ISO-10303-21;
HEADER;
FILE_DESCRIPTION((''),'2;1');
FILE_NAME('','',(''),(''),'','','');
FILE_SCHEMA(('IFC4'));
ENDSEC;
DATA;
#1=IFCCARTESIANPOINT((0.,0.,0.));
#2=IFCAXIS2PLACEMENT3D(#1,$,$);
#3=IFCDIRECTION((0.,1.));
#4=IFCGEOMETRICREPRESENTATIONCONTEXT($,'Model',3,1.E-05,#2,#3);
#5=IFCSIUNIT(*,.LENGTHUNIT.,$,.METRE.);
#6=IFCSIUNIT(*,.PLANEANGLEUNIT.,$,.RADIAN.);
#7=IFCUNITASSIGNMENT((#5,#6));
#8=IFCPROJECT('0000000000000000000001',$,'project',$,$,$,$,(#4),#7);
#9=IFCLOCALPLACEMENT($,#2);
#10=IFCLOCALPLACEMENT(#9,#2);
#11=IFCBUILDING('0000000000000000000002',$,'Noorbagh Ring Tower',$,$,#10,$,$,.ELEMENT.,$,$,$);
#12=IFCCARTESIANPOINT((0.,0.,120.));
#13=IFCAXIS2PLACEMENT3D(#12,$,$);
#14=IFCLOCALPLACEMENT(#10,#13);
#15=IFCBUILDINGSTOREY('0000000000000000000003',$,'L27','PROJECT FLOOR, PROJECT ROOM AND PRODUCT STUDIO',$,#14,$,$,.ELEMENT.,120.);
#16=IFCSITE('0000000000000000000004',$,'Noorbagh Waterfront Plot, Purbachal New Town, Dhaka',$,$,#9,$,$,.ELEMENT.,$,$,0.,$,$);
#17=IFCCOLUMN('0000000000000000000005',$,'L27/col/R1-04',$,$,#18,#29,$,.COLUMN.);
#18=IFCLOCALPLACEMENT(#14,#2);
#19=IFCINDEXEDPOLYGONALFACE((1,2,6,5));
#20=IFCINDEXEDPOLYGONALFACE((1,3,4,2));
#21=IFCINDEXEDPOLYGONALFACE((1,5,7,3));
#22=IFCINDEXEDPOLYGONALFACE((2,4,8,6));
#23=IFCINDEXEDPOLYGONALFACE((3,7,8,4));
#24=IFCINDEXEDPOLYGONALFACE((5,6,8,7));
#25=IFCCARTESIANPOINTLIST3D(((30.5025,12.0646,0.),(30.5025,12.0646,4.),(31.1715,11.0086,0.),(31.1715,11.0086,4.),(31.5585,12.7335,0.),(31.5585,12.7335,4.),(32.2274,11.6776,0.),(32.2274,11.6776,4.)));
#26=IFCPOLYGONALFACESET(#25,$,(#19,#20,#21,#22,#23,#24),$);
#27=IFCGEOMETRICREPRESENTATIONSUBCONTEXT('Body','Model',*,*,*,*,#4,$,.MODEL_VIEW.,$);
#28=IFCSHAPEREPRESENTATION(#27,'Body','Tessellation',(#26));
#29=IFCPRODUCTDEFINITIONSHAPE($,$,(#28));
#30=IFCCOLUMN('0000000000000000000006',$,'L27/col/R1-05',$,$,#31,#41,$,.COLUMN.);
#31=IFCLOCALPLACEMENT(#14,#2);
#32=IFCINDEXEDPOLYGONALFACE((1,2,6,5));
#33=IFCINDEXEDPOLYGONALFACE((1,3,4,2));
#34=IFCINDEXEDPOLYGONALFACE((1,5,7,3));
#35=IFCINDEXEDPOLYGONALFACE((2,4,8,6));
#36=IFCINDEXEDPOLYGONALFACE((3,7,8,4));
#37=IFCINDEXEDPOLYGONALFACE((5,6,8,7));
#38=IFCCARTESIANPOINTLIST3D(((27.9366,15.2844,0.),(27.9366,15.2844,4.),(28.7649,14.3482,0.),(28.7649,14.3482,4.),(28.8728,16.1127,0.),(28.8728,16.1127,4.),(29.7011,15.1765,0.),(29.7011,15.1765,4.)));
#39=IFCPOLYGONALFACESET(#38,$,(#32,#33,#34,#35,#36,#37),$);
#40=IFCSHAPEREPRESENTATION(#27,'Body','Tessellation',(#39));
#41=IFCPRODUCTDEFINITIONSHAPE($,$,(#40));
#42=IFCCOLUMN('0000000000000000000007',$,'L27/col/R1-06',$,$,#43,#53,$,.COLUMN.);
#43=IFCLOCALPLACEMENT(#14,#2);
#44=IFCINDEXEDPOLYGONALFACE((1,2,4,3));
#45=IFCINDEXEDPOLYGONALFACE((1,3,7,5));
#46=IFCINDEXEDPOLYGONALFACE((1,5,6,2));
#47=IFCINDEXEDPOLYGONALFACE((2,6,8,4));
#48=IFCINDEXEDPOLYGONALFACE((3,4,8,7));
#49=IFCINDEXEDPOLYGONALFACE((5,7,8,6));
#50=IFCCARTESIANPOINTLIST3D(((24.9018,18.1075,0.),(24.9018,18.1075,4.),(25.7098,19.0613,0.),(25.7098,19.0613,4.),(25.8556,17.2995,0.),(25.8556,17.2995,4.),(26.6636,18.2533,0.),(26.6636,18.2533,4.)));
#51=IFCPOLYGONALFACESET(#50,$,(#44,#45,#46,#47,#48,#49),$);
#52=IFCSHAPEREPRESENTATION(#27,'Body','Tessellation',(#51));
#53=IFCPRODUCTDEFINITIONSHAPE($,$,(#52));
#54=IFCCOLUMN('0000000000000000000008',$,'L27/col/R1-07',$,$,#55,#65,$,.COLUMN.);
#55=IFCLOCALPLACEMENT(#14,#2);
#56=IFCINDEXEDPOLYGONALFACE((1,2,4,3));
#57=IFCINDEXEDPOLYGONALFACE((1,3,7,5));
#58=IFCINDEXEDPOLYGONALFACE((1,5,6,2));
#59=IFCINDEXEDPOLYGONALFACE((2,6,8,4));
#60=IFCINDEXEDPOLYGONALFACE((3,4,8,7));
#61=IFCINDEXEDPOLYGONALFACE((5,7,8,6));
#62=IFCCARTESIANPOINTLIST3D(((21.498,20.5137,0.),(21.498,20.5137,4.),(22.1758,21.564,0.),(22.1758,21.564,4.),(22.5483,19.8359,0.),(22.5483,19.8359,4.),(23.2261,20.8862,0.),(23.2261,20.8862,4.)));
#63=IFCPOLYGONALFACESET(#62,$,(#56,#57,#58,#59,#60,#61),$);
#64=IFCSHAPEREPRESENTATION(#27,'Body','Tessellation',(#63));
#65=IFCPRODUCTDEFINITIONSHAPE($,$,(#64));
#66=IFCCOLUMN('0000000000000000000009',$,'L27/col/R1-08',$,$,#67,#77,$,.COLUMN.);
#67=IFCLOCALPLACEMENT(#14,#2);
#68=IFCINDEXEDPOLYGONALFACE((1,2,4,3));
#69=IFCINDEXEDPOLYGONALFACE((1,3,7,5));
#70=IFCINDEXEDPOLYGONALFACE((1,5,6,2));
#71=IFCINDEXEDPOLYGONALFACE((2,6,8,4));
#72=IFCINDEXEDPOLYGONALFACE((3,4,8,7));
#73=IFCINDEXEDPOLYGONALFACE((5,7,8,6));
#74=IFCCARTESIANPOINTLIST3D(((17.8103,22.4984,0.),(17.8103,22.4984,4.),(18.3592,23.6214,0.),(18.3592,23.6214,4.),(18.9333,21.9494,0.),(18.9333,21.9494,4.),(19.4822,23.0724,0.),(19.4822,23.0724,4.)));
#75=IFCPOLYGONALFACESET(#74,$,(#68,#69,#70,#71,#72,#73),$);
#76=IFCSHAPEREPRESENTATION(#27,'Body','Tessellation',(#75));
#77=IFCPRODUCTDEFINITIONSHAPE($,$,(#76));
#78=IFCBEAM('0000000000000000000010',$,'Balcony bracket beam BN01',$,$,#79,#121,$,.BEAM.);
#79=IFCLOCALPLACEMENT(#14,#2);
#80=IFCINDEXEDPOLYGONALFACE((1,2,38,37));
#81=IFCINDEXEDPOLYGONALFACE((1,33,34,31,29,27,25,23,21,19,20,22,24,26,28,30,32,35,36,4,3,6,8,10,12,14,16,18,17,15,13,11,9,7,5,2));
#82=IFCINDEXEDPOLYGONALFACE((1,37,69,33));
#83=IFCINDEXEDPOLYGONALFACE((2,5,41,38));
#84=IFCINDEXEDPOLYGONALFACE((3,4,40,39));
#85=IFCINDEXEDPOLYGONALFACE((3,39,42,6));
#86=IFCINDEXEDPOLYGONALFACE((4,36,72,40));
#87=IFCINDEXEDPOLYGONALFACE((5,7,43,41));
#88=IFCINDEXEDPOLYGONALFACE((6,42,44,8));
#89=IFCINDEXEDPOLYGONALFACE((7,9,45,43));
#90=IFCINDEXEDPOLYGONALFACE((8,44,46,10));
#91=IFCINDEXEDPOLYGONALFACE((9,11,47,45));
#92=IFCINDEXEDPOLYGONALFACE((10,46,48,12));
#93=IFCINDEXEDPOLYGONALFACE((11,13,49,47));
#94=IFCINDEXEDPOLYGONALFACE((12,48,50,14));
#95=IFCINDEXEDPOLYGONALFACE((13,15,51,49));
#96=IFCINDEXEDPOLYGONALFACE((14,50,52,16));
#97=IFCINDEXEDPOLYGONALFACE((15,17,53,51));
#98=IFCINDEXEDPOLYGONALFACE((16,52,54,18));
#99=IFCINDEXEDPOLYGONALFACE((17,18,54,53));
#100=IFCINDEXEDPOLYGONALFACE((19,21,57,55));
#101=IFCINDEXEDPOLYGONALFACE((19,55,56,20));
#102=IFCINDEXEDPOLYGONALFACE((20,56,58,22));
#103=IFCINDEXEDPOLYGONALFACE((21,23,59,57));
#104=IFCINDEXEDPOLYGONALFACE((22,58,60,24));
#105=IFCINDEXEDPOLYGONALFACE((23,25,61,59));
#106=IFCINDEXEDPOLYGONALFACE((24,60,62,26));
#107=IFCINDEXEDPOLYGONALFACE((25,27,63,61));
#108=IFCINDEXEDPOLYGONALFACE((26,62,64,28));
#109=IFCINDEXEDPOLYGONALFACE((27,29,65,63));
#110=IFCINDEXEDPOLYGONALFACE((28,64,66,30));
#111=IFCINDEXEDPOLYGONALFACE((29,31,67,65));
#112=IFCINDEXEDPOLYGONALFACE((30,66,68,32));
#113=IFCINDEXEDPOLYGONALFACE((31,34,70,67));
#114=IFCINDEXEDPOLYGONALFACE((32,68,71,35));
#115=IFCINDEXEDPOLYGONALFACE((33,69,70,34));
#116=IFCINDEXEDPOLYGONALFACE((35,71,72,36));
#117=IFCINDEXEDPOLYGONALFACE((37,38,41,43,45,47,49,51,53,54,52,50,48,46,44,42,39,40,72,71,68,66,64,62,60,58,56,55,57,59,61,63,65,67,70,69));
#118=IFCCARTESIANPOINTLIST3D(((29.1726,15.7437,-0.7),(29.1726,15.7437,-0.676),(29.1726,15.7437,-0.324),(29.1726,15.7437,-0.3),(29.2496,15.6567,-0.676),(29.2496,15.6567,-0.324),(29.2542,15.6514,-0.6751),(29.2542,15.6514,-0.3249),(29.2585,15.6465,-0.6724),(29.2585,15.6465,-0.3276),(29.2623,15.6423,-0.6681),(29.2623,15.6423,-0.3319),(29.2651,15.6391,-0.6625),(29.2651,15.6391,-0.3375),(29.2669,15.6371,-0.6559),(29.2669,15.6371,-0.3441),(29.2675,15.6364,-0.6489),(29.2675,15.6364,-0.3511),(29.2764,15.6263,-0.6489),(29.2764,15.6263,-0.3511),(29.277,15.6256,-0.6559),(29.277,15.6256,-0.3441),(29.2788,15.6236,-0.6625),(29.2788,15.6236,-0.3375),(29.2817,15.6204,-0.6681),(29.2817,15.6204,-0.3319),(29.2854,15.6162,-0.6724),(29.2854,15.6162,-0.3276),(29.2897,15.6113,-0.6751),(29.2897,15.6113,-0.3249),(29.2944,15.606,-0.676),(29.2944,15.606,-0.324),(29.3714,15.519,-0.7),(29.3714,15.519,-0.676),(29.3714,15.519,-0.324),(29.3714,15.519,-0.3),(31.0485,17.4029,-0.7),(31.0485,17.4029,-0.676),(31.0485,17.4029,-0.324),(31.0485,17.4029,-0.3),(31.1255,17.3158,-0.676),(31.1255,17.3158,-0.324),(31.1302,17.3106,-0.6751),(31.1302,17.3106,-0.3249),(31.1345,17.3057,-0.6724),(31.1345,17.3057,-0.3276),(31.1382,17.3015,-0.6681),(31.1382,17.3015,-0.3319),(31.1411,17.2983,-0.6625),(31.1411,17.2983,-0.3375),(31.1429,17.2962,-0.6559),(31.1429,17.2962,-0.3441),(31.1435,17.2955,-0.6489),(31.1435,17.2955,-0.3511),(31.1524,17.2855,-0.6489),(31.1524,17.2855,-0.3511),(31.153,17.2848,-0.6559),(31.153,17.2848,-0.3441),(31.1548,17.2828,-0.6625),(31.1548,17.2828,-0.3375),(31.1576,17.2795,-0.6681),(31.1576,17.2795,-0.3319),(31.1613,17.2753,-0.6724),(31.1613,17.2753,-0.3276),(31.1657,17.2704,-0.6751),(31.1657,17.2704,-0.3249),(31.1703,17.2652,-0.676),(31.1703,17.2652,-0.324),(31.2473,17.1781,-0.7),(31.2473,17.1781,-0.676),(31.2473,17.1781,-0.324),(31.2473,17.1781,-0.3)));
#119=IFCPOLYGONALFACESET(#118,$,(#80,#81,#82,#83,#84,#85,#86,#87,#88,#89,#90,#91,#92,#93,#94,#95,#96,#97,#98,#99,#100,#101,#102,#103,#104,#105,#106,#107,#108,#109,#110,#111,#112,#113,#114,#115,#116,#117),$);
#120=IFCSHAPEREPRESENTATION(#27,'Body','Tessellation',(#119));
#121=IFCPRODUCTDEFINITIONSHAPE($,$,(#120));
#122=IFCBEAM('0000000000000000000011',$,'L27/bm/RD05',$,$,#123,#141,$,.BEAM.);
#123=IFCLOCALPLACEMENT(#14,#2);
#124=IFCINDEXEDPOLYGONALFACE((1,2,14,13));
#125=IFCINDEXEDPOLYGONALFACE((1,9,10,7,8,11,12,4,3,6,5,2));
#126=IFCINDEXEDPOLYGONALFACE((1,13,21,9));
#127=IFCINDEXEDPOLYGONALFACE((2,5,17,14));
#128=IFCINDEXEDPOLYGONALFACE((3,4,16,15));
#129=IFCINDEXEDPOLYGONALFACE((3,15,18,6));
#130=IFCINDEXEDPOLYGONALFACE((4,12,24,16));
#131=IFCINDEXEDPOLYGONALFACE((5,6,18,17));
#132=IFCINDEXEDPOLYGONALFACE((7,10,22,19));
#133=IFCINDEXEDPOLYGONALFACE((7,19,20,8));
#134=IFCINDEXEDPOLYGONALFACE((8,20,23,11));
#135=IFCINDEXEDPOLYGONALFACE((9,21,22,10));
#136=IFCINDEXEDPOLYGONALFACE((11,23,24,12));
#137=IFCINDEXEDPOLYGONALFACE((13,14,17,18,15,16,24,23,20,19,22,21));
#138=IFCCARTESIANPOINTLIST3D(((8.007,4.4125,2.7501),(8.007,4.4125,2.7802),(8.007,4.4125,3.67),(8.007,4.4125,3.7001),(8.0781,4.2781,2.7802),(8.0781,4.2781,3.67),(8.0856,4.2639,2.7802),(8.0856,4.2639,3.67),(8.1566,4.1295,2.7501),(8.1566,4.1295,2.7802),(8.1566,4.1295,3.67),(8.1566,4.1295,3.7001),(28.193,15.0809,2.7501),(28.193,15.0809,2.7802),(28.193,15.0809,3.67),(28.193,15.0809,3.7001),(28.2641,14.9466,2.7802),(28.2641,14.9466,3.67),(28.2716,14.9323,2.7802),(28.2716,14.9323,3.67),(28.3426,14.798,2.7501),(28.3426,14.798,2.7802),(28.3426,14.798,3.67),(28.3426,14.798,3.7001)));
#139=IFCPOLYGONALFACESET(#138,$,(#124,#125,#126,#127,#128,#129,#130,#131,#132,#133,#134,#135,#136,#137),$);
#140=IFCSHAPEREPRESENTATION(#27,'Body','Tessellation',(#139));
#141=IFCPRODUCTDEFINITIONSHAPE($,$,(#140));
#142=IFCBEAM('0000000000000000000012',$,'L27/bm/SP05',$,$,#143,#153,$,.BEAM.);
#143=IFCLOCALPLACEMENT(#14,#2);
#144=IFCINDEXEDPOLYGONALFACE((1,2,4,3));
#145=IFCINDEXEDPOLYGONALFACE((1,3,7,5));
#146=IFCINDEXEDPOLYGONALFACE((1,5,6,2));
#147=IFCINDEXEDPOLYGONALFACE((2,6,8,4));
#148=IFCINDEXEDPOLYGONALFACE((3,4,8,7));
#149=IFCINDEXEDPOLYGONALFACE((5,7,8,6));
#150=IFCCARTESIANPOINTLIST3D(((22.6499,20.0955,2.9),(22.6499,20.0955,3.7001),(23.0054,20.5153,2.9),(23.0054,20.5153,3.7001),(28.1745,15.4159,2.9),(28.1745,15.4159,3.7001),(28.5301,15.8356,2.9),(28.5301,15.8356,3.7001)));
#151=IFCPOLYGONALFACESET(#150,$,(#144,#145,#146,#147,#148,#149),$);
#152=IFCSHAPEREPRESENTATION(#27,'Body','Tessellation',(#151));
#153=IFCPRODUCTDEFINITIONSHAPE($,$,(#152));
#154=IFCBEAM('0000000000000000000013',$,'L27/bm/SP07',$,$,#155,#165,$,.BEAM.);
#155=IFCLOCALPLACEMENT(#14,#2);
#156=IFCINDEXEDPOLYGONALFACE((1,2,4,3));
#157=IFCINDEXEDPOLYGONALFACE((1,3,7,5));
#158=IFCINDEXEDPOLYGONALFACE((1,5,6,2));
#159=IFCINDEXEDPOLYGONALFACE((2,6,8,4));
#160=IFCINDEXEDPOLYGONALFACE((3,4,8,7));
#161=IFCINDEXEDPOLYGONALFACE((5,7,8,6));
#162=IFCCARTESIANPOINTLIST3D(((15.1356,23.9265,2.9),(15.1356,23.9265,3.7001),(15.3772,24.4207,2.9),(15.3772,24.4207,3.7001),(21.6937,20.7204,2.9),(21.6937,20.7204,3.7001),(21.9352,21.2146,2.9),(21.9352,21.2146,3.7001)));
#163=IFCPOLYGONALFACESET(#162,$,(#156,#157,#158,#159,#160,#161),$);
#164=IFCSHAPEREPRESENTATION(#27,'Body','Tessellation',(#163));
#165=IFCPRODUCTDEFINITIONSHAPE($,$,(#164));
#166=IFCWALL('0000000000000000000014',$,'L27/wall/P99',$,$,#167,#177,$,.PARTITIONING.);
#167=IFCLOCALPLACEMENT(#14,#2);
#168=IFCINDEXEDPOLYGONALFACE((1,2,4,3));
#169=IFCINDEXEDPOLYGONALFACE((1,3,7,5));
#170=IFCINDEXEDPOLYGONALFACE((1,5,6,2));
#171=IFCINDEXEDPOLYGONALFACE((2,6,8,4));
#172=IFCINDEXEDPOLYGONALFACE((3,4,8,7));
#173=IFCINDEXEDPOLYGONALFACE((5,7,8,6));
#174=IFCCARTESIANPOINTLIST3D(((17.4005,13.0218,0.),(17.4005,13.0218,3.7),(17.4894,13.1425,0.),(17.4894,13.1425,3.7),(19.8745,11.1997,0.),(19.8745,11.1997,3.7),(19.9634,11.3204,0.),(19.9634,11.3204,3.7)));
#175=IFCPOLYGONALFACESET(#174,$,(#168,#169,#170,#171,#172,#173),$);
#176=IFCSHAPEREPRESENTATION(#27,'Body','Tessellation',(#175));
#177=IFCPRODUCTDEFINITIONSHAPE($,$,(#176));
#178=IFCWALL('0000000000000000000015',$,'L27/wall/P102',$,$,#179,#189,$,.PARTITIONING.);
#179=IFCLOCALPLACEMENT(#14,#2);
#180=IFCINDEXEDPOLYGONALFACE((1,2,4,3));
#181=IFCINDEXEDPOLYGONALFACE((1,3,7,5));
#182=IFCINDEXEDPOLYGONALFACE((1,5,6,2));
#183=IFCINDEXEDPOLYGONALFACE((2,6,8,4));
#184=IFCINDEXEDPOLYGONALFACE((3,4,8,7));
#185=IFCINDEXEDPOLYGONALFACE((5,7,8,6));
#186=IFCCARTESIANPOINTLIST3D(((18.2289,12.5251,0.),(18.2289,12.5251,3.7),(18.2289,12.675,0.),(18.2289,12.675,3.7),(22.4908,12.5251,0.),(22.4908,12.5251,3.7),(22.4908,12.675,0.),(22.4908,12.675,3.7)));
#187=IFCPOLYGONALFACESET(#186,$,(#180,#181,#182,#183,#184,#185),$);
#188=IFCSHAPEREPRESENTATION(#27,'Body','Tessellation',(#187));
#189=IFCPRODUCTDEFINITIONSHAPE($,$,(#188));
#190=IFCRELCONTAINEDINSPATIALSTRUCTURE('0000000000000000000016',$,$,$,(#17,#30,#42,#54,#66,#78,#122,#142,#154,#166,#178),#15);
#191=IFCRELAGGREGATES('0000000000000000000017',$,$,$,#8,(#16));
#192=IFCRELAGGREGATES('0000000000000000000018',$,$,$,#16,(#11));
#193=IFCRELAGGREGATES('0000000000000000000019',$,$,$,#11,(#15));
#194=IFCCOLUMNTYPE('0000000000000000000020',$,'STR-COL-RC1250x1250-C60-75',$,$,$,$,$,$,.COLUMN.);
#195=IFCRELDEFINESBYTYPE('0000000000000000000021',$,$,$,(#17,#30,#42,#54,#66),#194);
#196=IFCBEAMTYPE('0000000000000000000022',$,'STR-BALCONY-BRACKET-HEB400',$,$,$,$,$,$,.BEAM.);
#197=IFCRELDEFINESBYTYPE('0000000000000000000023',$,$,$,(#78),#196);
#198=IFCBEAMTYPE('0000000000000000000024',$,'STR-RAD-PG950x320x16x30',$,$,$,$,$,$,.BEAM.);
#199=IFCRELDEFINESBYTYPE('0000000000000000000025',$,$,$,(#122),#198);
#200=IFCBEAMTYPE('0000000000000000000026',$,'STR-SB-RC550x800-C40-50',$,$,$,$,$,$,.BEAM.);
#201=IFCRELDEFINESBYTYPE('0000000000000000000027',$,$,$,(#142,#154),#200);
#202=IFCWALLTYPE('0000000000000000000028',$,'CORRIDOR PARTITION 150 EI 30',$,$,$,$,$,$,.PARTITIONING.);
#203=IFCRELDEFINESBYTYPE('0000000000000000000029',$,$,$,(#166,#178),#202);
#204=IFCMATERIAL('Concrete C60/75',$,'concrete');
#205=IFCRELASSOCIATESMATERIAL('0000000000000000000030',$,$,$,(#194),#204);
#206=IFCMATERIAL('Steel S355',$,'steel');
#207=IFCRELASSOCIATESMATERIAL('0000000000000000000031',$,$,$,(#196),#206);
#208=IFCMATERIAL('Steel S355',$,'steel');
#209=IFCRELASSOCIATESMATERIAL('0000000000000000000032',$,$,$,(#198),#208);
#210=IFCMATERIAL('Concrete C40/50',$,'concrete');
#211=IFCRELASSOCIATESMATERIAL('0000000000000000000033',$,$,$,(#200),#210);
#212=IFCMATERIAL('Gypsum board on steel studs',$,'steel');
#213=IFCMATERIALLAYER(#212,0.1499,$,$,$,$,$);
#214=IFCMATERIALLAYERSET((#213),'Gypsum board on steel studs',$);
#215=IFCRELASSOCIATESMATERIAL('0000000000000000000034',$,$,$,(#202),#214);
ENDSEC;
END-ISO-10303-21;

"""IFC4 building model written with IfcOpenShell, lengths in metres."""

from ifc_helpers import new_model, si_unit, direction, frame, frame_2d, origin, origin_2d, place, context, subcontext, project, spatial, rectangle, i_section, extrude, material, layer, layer_set, material_profile, profile_set, type_object, element, save


model = new_model("IFC4")

# Units and contexts
model_context = context("Model", 3, precision=1e-05, world=origin(), true_north=direction((0.0, 1.0)))
body_context = subcontext(model_context, "Body", "Model", "MODEL_VIEW")
ifc_project = project(units=[si_unit("LENGTHUNIT", "METRE"), si_unit("PLANEANGLEUNIT", "RADIAN")], contexts=[model_context])

# Site, building, storey
site_placement = place(None, origin())
site = spatial("IfcSite", under=ifc_project, at=site_placement, Name="Noorbagh Waterfront Plot, Purbachal New Town, Dhaka", CompositionType="ELEMENT", RefElevation=0.0)
building_placement = place(site_placement, origin())
building = spatial("IfcBuilding", under=site, at=building_placement, Name="Noorbagh Ring Tower", CompositionType="ELEMENT")
storey_placement = place(building_placement, frame((0.0, 0.0, 120.0)))
storey = spatial("IfcBuildingStorey", under=building, at=storey_placement, Name="L27", Description="PROJECT FLOOR, PROJECT ROOM AND PRODUCT STUDIO", CompositionType="ELEMENT", Elevation=120.0)

# Columns
ifc_material_1 = material(Name="Concrete C60/75", Category="concrete")
ifc_material_profile_1 = material_profile(ifc_material_1, rectangle(XDim=1.25, YDim=1.25, at=origin_2d()), Name="RC1250x1250")
ifc_profile_set_1 = profile_set([ifc_material_profile_1], Name="Concrete C60/75")
column_type = type_object("IfcColumnType", Name="STR-COL-RC1250x1250-C60-75", PredefinedType="COLUMN", material=ifc_profile_set_1)
for number, where, z_axis, x_axis, name in (
    (1, (31.365, 11.8711, 0.0), (0.0, 0.0, 1.0), (-0.53519, 0.844731, 0.0), "L27/col/R1-04"),
    (2, (28.8188, 15.2305, 0.0), (0.0, 0.0, 1.0), (-0.662636, 0.748942, 0.0), "L27/col/R1-05"),
    (3, (25.7827, 18.1804, 0.0), (0.0, 0.0, 1.0), (-0.763035, 0.646357, 0.0), "L27/col/R1-06"),
    (4, (22.3621, 20.7, 0.0), (0.0, 0.0, 1.0), (-0.840248, 0.542203, 0.0), "L27/col/R1-07"),
    (5, (18.6462, 22.7854, 0.0), (0.0, 0.0, 1.0), (-0.898399, 0.43918, 0.0), "L27/col/R1-08"),
):
    element("IfcColumn", number, at=place(storey_placement, frame(where, z_axis=z_axis, x_axis=x_axis)), inside=storey, type_object=column_type, Name=name, PredefinedType="COLUMN", context=body_context, shape_type="SweptSolid", body=[
        extrude(rectangle(XDim=1.25, YDim=1.25, at=origin_2d()), origin(), (0.0, 0.0, 1.0), 4.0),
    ])

# Beams
ifc_material_2 = material(Name="Steel S355", Category="steel")
ifc_material_profile_2 = material_profile(ifc_material_2, i_section(OverallWidth=0.3, OverallDepth=0.3999, WebThickness=0.0134, FlangeThickness=0.0239, FilletRadius=0.0271, at=origin_2d()), Name="HEB400")
ifc_profile_set_2 = profile_set([ifc_material_profile_2], Name="Steel S355")
beam_type_1 = type_object("IfcBeamType", Name="STR-BALCONY-BRACKET-HEB400", PredefinedType="BEAM", material=ifc_profile_set_2)
beam_1_placement = place(storey_placement, frame((29.272, 15.6313, -0.5), z_axis=(0.749064, 0.662498, 0.0), x_axis=(-0.662498, 0.749064, 0.0)))
element("IfcBeam", 6, at=beam_1_placement, inside=storey, type_object=beam_type_1, Name="Balcony bracket beam BN01", PredefinedType="BEAM", context=body_context, shape_type="SweptSolid", body=[
    extrude(i_section(OverallWidth=0.3, OverallDepth=0.3999, WebThickness=0.0134, FlangeThickness=0.0239, FilletRadius=0.0271, at=origin_2d()), origin(), (0.0, 0.0, 1.0), 2.5044),
])
ifc_material_3 = material(Name="Steel S355", Category="steel")
ifc_material_profile_3 = material_profile(ifc_material_3, i_section(OverallWidth=0.3201, OverallDepth=0.95, WebThickness=0.0161, FlangeThickness=0.03, at=origin_2d()), Name="PG950x320x16x30")
ifc_profile_set_3 = profile_set([ifc_material_profile_3], Name="Steel S355")
beam_type_2 = type_object("IfcBeamType", Name="STR-RAD-PG950x320x16x30", PredefinedType="BEAM", material=ifc_profile_set_3)
beam_2_placement = place(storey_placement, frame((28.2678, 14.9395, 3.2251), z_axis=(-0.884119, -0.467263, 0.0), x_axis=(0.467263, -0.884119, 0.0)))
element("IfcBeam", 7, at=beam_2_placement, inside=storey, type_object=beam_type_2, Name="L27/bm/RD05", PredefinedType="BEAM", context=body_context, shape_type="SweptSolid", body=[
    extrude(i_section(OverallWidth=0.3201, OverallDepth=0.95, WebThickness=0.0161, FlangeThickness=0.03, at=origin_2d()), origin(), (0.0, 0.0, 1.0), 22.8318),
])
ifc_material_4 = material(Name="Concrete C40/50", Category="concrete")
ifc_material_profile_4 = material_profile(ifc_material_4, rectangle(XDim=0.55, YDim=0.8, at=origin_2d()), Name="RC550x800")
ifc_profile_set_4 = profile_set([ifc_material_profile_4], Name="Concrete C40/50")
beam_type_3 = type_object("IfcBeamType", Name="STR-SB-RC550x800-C40-50", PredefinedType="BEAM", material=ifc_profile_set_4)
beam_3_placement = place(storey_placement, frame((28.3523, 15.6257, 3.3), z_axis=(-0.763047, 0.646343, 0.0), x_axis=(-0.646343, -0.763047, 0.0)))
element("IfcBeam", 8, at=beam_3_placement, inside=storey, type_object=beam_type_3, Name="L27/bm/SP05", PredefinedType="BEAM", context=body_context, shape_type="SweptSolid", body=[
    extrude(rectangle(XDim=0.55, YDim=0.8, at=origin_2d()), origin(), (0.0, 0.0, 1.0), 7.2402),
])
beam_4_placement = place(storey_placement, frame((21.8145, 20.9675, 3.3), z_axis=(-0.898391, 0.439196, 0.0), x_axis=(-0.439196, -0.898391, 0.0)))
element("IfcBeam", 9, at=beam_4_placement, inside=storey, type_object=beam_type_3, Name="L27/bm/SP07", PredefinedType="BEAM", context=body_context, shape_type="SweptSolid", body=[
    extrude(rectangle(XDim=0.55, YDim=0.8, at=origin_2d()), origin(), (0.0, 0.0, 1.0), 7.2998),
])

# Walls
ifc_material_5 = material(Name="Gypsum board on steel studs", Category="steel")
ifc_layer_1 = layer(ifc_material_5, 0.1499)
ifc_layer_set_1 = layer_set([ifc_layer_1], Name="Gypsum board on steel studs")
wall_type_1 = type_object("IfcWallType", Name="CORRIDOR PARTITION 150 EI 30", PredefinedType="PARTITIONING", material=ifc_layer_set_1)
wall_1_placement = place(storey_placement, frame((17.4451, 13.082, 0.0), z_axis=(0.0, 0.0, 1.0), x_axis=(0.805186, -0.593023, 0.0)))
element("IfcWall", 10, at=wall_1_placement, inside=storey, type_object=wall_type_1, Name="L27/wall/P99", PredefinedType="PARTITIONING", context=body_context, shape_type="SweptSolid", body=[
    extrude(rectangle(XDim=3.0725, YDim=0.1499, at=frame_2d((1.5361, 0.0))), origin(), (0.0, 0.0, 1.0), 3.7),
])
wall_2_placement = place(storey_placement, frame((18.229, 12.6001, 0.0), z_axis=(0.0, 0.0, 1.0), x_axis=(1.0, 0.0, 0.0)))
element("IfcWall", 11, at=wall_2_placement, inside=storey, type_object=wall_type_1, Name="L27/wall/P102", PredefinedType="PARTITIONING", context=body_context, shape_type="SweptSolid", body=[
    extrude(rectangle(XDim=4.262, YDim=0.1499, at=frame_2d((2.1309, 0.0))), origin(), (0.0, 0.0, 1.0), 3.7),
])

save(model, "model.ifc")
